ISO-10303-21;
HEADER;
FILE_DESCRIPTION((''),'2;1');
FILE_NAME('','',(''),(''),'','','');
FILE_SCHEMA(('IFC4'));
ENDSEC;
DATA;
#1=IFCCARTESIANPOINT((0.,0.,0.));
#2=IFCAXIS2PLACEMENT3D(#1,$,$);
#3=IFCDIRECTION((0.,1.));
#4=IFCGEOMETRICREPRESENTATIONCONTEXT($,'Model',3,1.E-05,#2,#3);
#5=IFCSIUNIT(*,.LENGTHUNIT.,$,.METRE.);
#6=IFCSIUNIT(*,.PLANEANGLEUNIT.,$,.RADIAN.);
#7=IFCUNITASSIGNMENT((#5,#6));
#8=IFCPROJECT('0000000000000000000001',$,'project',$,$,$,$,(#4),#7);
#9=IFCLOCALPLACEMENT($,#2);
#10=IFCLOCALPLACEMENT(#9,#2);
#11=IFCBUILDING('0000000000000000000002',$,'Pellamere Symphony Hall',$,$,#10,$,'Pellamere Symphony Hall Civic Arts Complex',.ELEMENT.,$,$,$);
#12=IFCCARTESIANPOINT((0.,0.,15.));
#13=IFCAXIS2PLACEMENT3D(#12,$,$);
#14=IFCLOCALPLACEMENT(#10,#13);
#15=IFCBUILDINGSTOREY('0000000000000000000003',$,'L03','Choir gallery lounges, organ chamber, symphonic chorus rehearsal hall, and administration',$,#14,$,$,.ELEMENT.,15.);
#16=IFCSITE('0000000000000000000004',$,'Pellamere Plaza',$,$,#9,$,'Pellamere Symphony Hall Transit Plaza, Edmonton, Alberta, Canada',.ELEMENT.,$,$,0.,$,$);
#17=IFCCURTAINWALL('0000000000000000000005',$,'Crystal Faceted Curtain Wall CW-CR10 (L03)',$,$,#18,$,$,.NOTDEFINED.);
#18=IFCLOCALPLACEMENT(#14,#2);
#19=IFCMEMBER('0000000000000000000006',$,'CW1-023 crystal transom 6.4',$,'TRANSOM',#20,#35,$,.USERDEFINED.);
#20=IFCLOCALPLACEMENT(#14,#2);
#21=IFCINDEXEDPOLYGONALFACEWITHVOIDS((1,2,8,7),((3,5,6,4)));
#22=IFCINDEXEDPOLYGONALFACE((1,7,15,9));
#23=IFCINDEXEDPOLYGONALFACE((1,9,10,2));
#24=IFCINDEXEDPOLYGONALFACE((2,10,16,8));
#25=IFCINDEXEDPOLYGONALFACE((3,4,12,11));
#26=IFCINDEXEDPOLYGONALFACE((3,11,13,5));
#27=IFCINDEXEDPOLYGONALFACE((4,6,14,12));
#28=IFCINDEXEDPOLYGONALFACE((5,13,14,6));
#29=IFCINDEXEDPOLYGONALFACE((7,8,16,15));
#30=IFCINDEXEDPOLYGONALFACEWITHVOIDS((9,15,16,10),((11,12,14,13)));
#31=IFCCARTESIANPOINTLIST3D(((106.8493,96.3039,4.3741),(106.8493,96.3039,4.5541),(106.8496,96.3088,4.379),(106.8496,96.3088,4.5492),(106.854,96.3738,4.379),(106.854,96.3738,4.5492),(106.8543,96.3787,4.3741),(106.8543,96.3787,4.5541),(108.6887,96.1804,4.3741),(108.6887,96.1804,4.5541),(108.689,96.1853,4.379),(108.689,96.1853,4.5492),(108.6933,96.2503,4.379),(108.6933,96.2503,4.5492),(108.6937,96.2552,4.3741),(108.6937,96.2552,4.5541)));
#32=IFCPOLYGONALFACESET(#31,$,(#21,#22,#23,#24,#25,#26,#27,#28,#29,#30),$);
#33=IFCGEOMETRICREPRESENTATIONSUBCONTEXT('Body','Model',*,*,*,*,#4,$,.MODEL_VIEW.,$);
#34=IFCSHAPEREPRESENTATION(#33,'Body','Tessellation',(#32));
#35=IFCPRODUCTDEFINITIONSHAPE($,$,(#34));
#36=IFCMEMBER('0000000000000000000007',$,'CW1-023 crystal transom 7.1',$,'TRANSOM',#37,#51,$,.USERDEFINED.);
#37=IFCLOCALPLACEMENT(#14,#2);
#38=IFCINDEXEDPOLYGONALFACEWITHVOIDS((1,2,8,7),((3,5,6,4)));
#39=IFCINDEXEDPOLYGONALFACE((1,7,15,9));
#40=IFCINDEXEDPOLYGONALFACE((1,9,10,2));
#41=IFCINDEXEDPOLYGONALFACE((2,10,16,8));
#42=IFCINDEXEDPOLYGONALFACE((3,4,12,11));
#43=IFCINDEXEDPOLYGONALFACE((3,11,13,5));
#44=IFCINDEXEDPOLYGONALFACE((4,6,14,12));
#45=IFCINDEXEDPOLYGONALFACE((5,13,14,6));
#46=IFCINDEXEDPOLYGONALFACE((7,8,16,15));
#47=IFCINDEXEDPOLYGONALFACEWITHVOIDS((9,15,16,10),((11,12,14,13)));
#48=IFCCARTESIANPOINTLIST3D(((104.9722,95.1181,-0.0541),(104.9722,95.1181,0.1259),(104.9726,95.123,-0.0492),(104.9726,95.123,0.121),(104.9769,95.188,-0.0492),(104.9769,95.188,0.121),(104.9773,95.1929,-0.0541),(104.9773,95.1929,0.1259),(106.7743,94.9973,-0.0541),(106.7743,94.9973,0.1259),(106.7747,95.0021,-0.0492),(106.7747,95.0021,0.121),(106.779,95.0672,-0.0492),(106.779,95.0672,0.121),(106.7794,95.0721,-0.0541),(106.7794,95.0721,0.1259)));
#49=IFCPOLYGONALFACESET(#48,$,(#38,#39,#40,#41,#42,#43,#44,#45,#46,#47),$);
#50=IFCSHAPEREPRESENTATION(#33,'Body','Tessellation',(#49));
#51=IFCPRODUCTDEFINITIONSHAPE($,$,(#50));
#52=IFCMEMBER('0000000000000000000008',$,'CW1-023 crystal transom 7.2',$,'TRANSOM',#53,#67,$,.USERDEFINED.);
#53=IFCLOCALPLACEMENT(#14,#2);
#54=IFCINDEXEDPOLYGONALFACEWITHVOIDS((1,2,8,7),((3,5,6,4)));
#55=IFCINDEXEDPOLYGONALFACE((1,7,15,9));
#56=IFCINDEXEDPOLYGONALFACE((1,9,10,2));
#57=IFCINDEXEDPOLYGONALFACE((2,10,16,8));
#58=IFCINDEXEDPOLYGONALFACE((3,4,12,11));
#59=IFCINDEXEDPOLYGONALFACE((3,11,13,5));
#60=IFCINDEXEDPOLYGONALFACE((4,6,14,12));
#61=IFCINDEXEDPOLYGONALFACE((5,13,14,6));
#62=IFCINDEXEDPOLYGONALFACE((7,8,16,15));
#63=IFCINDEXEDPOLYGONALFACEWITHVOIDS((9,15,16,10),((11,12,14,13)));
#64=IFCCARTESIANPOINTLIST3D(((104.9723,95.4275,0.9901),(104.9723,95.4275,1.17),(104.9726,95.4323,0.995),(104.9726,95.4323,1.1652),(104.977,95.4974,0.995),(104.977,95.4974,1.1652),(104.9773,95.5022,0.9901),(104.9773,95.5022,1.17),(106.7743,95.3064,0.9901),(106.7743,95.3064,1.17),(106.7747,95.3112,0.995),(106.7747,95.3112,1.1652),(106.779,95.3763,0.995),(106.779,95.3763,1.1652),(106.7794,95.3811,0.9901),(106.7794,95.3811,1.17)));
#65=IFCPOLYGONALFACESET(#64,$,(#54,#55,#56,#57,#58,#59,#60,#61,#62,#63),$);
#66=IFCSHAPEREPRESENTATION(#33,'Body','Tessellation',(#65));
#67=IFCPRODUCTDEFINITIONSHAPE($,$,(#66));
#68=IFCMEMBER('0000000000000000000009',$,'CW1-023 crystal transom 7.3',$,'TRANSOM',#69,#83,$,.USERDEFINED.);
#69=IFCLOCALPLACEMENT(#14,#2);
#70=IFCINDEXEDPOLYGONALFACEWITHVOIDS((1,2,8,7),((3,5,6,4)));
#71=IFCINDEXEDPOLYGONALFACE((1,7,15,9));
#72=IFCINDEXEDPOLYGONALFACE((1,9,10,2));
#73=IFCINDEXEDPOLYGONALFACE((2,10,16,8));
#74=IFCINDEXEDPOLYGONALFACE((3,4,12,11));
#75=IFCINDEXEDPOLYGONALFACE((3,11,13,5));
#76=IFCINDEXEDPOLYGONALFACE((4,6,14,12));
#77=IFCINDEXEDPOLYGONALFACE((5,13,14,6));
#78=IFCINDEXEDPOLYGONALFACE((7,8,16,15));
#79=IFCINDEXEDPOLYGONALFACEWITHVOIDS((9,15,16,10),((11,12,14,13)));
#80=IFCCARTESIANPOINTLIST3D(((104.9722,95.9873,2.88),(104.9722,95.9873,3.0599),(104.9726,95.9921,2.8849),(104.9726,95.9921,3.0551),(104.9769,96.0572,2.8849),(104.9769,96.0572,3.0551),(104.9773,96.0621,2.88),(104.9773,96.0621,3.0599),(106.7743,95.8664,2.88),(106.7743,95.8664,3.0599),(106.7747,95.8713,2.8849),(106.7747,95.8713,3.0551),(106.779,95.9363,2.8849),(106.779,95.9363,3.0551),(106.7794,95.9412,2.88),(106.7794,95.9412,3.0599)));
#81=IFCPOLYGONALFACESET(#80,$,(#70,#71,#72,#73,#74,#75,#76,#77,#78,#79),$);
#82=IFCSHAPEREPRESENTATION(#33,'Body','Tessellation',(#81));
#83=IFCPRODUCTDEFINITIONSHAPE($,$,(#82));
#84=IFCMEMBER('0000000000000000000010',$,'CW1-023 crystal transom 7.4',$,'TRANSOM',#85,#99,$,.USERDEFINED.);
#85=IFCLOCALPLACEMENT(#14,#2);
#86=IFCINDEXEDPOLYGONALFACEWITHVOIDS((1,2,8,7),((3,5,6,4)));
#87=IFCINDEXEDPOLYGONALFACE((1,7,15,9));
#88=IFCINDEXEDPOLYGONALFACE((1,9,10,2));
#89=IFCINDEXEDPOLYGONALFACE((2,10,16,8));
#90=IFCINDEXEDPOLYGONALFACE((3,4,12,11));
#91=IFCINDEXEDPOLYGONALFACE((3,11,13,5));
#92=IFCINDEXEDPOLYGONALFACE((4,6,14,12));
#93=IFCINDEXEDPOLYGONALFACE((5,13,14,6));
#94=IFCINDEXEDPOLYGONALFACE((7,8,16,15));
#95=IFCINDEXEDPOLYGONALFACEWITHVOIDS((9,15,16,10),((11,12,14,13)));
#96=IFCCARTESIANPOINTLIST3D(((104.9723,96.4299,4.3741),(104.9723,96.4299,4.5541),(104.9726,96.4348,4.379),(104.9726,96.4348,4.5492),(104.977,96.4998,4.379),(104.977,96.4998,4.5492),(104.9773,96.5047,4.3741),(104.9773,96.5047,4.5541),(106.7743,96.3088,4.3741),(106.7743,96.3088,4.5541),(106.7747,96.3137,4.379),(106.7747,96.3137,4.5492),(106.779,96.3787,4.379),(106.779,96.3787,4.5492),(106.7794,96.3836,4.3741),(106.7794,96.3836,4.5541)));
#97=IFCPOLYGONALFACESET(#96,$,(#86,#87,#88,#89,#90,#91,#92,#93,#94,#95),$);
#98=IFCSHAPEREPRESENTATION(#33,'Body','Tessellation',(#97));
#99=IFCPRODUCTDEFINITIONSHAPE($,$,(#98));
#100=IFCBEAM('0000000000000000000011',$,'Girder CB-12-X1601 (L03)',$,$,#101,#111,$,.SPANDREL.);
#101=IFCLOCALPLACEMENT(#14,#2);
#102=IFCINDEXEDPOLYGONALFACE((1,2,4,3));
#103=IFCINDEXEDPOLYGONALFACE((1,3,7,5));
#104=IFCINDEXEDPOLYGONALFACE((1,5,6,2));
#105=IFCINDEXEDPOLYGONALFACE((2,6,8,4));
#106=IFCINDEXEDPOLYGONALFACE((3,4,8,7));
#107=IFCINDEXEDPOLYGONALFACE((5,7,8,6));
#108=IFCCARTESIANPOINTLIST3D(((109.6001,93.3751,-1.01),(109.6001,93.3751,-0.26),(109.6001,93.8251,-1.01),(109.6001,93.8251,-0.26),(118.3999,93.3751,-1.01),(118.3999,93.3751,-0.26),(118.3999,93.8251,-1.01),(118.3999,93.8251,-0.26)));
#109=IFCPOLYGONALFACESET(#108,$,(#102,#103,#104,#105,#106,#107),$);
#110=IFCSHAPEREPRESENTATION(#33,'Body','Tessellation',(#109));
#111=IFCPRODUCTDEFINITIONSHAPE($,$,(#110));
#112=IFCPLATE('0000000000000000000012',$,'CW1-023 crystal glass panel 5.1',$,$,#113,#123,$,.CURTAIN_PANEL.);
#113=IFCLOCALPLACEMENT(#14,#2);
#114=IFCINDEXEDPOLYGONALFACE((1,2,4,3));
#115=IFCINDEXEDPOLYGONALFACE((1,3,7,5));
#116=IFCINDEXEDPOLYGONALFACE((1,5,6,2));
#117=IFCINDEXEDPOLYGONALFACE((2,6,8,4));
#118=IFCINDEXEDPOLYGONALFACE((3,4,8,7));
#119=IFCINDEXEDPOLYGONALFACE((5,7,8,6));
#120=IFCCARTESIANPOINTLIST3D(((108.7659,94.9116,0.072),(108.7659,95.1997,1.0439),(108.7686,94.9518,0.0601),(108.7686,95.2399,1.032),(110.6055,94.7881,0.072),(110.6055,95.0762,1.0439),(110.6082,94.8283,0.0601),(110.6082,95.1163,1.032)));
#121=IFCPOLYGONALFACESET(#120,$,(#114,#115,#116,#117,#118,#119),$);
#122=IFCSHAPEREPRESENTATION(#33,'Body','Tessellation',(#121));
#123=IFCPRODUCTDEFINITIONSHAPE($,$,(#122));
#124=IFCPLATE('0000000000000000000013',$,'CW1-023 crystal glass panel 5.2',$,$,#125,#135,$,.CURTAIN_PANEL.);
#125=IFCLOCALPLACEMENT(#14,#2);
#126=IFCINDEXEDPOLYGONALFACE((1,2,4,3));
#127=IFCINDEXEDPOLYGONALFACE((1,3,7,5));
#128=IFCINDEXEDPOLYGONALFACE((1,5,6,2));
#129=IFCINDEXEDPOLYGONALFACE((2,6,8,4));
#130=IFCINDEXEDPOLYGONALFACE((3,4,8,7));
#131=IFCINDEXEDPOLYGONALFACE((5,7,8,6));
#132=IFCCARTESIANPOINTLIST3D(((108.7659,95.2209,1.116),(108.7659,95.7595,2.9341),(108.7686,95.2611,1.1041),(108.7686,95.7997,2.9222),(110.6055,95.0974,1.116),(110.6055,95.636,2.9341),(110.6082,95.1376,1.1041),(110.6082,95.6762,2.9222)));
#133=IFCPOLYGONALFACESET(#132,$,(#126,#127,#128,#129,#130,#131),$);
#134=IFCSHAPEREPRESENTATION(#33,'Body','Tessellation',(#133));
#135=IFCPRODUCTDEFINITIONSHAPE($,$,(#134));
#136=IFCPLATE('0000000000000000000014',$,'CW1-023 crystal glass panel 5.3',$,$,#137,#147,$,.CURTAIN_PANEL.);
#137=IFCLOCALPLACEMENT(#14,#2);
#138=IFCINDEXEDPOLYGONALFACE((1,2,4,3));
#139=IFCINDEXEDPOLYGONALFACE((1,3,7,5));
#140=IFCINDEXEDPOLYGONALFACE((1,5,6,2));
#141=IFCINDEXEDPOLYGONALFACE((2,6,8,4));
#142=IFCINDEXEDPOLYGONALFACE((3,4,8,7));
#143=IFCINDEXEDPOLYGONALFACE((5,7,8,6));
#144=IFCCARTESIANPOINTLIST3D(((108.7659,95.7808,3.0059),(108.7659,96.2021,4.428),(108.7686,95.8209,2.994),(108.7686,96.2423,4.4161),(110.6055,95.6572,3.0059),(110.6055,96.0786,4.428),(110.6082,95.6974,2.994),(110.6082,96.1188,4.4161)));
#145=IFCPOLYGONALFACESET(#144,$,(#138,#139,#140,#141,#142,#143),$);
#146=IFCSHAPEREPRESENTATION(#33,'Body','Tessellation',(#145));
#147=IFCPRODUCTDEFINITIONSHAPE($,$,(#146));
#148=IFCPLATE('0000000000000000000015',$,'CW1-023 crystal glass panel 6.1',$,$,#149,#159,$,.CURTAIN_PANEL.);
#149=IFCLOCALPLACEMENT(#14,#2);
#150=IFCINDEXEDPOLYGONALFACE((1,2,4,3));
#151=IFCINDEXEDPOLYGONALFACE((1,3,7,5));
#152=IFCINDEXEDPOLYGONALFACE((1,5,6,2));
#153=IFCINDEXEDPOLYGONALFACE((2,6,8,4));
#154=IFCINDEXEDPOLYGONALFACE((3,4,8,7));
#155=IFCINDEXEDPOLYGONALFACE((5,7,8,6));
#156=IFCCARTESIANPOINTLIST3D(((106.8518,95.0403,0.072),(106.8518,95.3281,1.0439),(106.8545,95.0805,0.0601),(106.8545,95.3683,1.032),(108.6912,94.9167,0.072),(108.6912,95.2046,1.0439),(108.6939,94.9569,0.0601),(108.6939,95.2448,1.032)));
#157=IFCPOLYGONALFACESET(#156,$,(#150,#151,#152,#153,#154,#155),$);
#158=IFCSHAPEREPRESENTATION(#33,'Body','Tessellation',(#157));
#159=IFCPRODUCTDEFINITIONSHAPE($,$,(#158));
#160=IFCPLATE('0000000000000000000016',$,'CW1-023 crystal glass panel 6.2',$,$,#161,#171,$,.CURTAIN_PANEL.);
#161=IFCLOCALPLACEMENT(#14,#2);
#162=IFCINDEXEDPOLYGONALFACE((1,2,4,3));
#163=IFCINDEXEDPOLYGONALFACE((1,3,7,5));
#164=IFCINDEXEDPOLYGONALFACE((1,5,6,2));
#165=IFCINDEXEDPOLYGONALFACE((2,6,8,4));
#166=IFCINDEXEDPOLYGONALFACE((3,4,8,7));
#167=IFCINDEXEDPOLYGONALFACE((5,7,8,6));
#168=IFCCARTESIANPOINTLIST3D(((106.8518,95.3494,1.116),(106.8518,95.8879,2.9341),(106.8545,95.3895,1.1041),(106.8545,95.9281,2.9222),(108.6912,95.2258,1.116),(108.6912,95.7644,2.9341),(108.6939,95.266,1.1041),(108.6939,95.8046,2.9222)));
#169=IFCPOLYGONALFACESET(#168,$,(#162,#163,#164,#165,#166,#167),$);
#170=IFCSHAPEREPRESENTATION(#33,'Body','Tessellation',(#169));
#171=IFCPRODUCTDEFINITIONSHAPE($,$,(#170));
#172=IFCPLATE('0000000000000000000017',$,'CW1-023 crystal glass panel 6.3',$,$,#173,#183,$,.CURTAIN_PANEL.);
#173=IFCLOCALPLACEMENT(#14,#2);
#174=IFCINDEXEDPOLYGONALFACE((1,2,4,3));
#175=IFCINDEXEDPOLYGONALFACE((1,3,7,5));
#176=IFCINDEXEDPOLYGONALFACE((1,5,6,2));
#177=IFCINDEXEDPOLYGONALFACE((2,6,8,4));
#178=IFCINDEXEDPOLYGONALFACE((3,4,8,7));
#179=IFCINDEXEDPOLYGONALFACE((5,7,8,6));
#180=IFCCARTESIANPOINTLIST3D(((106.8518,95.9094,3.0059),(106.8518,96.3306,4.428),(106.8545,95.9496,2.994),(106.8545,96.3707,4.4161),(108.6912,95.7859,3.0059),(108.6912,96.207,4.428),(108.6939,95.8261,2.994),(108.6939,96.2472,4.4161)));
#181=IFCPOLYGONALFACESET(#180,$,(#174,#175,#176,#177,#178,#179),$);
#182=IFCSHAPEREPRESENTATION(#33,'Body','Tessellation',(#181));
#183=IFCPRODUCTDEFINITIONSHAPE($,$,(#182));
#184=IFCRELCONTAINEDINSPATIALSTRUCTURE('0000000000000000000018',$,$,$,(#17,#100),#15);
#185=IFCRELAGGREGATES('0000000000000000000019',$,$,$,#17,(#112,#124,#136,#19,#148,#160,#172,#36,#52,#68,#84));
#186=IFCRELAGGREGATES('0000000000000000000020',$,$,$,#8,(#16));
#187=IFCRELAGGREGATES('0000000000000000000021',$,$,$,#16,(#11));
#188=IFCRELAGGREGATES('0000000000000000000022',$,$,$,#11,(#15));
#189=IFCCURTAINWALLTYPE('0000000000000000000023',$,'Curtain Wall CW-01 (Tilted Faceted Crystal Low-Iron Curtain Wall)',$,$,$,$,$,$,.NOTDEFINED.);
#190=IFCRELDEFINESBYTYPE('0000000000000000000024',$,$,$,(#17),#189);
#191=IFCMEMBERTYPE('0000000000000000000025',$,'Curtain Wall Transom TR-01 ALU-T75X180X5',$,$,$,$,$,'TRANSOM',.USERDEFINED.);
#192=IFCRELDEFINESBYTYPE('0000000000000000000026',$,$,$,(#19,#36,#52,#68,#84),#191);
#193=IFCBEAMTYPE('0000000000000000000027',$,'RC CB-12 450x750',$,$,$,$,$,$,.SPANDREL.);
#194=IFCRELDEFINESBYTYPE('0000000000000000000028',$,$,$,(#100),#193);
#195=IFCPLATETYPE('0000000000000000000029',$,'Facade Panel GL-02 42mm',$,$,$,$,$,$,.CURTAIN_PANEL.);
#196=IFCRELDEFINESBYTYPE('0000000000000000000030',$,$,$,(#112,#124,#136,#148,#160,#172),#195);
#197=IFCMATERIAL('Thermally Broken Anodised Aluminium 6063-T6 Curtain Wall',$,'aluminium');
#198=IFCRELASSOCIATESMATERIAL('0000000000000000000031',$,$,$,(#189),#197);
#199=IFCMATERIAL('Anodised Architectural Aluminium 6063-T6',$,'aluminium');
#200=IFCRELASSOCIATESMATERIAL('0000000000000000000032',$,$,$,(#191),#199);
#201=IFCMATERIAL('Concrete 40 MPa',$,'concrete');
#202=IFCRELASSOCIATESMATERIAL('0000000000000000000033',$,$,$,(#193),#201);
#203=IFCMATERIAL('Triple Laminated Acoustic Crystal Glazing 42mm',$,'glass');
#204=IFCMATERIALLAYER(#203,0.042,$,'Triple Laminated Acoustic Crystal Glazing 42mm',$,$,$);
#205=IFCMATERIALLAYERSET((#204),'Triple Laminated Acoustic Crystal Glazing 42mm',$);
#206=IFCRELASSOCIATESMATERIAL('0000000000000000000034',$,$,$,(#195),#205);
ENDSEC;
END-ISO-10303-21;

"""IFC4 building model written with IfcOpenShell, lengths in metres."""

from ifc_helpers import new_model, si_unit, direction, frame, origin, origin_2d, place, context, subcontext, project, spatial, polyline, rectangle, hollow_rectangle, outline, extrude, material, layer, layer_set, material_profile, profile_set, type_object, element, aggregate, save


model = new_model("IFC4")

# Units and contexts
model_context = context("Model", 3, precision=1e-05, world=origin(), true_north=direction((0.0, 1.0)))
body_context = subcontext(model_context, "Body", "Model", "MODEL_VIEW")
ifc_project = project(units=[si_unit("LENGTHUNIT", "METRE"), si_unit("PLANEANGLEUNIT", "RADIAN")], contexts=[model_context])

# Site, building, storey
site_placement = place(None, origin())
site = spatial("IfcSite", under=ifc_project, at=site_placement, Name="Pellamere Plaza", LongName="Pellamere Symphony Hall Transit Plaza, Edmonton, Alberta, Canada", CompositionType="ELEMENT", RefElevation=0.0)
building_placement = place(site_placement, origin())
building = spatial("IfcBuilding", under=site, at=building_placement, Name="Pellamere Symphony Hall", LongName="Pellamere Symphony Hall Civic Arts Complex", CompositionType="ELEMENT")
storey_placement = place(building_placement, frame((0.0, 0.0, 15.0)))
storey = spatial("IfcBuildingStorey", under=building, at=storey_placement, Name="L03", Description="Choir gallery lounges, organ chamber, symphonic chorus rehearsal hall, and administration", CompositionType="ELEMENT", Elevation=15.0)

# Shared definitions
ifc_material_1 = material(Name="Concrete 40 MPa", Category="concrete")

# Curtain wall, members
ifc_material_2 = material(Name="Thermally Broken Anodised Aluminium 6063-T6 Curtain Wall", Category="aluminium")
curtain_wall_type = type_object("IfcCurtainWallType", Name="Curtain Wall CW-01 (Tilted Faceted Crystal Low-Iron Curtain Wall)", PredefinedType="NOTDEFINED", material=ifc_material_2)
curtain_wall_placement = place(storey_placement, origin())
curtain_wall = element("IfcCurtainWall", 1, at=curtain_wall_placement, inside=storey, type_object=curtain_wall_type, Name="Crystal Faceted Curtain Wall CW-CR10 (L03)", PredefinedType="NOTDEFINED")
ifc_material_3 = material(Name="Anodised Architectural Aluminium 6063-T6", Category="aluminium")
ifc_material_profile_1 = material_profile(ifc_material_3, hollow_rectangle(XDim=0.075, YDim=0.1799, WallThickness=0.0049, at=origin_2d()), Name="ALU-T75X180X5")
ifc_profile_set_1 = profile_set([ifc_material_profile_1], Name="Anodised Architectural Aluminium 6063-T6")
member_type_1 = type_object("IfcMemberType", Name="Curtain Wall Transom TR-01 ALU-T75X180X5", ElementType="TRANSOM", PredefinedType="USERDEFINED", material=ifc_profile_set_1)
member_1_placement = place(storey_placement, frame((108.6912, 96.2178, 4.4641), z_axis=(-0.997752, 0.067011, 0.0), x_axis=(-0.067011, -0.997752, 0.0)))
member_1 = element("IfcMember", 2, at=member_1_placement, type_object=member_type_1, Name="CW1-023 crystal transom 6.4", ObjectType="TRANSOM", PredefinedType="USERDEFINED", context=body_context, shape_type="SweptSolid", body=[
    extrude(hollow_rectangle(XDim=0.075, YDim=0.1799, WallThickness=0.0049, at=origin_2d()), origin(), (0.0, 0.0, 1.0), 1.8435),
])
member_2_placement = place(storey_placement, frame((106.7769, 95.0347, 0.0359), z_axis=(-0.997759, 0.066914, 0.0), x_axis=(-0.066914, -0.997759, 0.0)))
member_2 = element("IfcMember", 3, at=member_2_placement, type_object=member_type_1, Name="CW1-023 crystal transom 7.1", ObjectType="TRANSOM", PredefinedType="USERDEFINED", context=body_context, shape_type="SweptSolid", body=[
    extrude(hollow_rectangle(XDim=0.075, YDim=0.1799, WallThickness=0.0049, at=origin_2d()), origin(), (0.0, 0.0, 1.0), 1.8062),
])
member_3_placement = place(storey_placement, frame((106.7769, 95.3438, 1.0801), z_axis=(-0.99775, 0.067048, 0.0), x_axis=(-0.067048, -0.99775, 0.0)))
member_3 = element("IfcMember", 4, at=member_3_placement, type_object=member_type_1, Name="CW1-023 crystal transom 7.2", ObjectType="TRANSOM", PredefinedType="USERDEFINED", context=body_context, shape_type="SweptSolid", body=[
    extrude(hollow_rectangle(XDim=0.075, YDim=0.1799, WallThickness=0.0049, at=origin_2d()), origin(), (0.0, 0.0, 1.0), 1.8062),
])
member_4_placement = place(storey_placement, frame((106.7769, 95.9038, 2.97), z_axis=(-0.997759, 0.066914, 0.0), x_axis=(-0.066914, -0.997759, 0.0)))
member_4 = element("IfcMember", 5, at=member_4_placement, type_object=member_type_1, Name="CW1-023 crystal transom 7.3", ObjectType="TRANSOM", PredefinedType="USERDEFINED", context=body_context, shape_type="SweptSolid", body=[
    extrude(hollow_rectangle(XDim=0.075, YDim=0.1799, WallThickness=0.0049, at=origin_2d()), origin(), (0.0, 0.0, 1.0), 1.8062),
])
member_5_placement = place(storey_placement, frame((106.7769, 96.3462, 4.4641), z_axis=(-0.99775, 0.067048, 0.0), x_axis=(-0.067048, -0.99775, 0.0)))
member_5 = element("IfcMember", 6, at=member_5_placement, type_object=member_type_1, Name="CW1-023 crystal transom 7.4", ObjectType="TRANSOM", PredefinedType="USERDEFINED", context=body_context, shape_type="SweptSolid", body=[
    extrude(hollow_rectangle(XDim=0.075, YDim=0.1799, WallThickness=0.0049, at=origin_2d()), origin(), (0.0, 0.0, 1.0), 1.8062),
])

# Beam
ifc_material_profile_2 = material_profile(ifc_material_1, rectangle(XDim=0.45, YDim=0.75, at=origin_2d()), Name="RC 450x750")
ifc_profile_set_2 = profile_set([ifc_material_profile_2], Name="Concrete 40 MPa")
beam_type = type_object("IfcBeamType", Name="RC CB-12 450x750", PredefinedType="SPANDREL", material=ifc_profile_set_2)
beam_placement = place(storey_placement, frame((109.6001, 93.6001, -0.635), z_axis=(1.0, 0.0, 0.0), x_axis=(0.0, 1.0, 0.0)))
element("IfcBeam", 7, at=beam_placement, inside=storey, type_object=beam_type, Name="Girder CB-12-X1601 (L03)", PredefinedType="SPANDREL", context=body_context, shape_type="SweptSolid", body=[
    extrude(rectangle(XDim=0.45, YDim=0.75, at=origin_2d()), origin(), (0.0, 0.0, 1.0), 8.7998),
])

# Plates
ifc_material_4 = material(Name="Triple Laminated Acoustic Crystal Glazing 42mm", Category="glass")
ifc_layer_1 = layer(ifc_material_4, 0.042, Name="Triple Laminated Acoustic Crystal Glazing 42mm")
ifc_layer_set_1 = layer_set([ifc_layer_1], Name="Triple Laminated Acoustic Crystal Glazing 42mm")
plate_type_1 = type_object("IfcPlateType", Name="Facade Panel GL-02 42mm", PredefinedType="CURTAIN_PANEL", material=ifc_layer_set_1)
plate_1_placement = place(storey_placement, frame((110.6055, 94.7881, 0.072), z_axis=(-0.064251, -0.956788, 0.2836), x_axis=(-0.997753, 0.067002, 0.0)))
plate_1 = element("IfcPlate", 8, at=plate_1_placement, type_object=plate_type_1, Name="CW1-023 crystal glass panel 5.1", PredefinedType="CURTAIN_PANEL", context=body_context, shape_type="SweptSolid", body=[
    extrude(outline(polyline([(0.0, 0.0), (1.8437, 0.0), (1.863, -1.0135), (0.0193, -1.0135), (0.0, 0.0)])), origin(), (0.0, 0.0, -1.0), 0.042),
])
plate_2_placement = place(storey_placement, frame((110.6055, 95.0974, 1.116), z_axis=(-0.064255, -0.956835, 0.28344), x_axis=(-0.997753, 0.067002, 0.0)))
plate_2 = element("IfcPlate", 9, at=plate_2_placement, type_object=plate_type_1, Name="CW1-023 crystal glass panel 5.2", PredefinedType="CURTAIN_PANEL", context=body_context, shape_type="SweptSolid", body=[
    extrude(outline(polyline([(0.0, 0.0), (1.8437, 0.0), (1.8798, -1.8959), (0.0361, -1.8959), (0.0, 0.0)])), origin(), (0.0, 0.0, -1.0), 0.042),
])
plate_3_placement = place(storey_placement, frame((110.6055, 95.6572, 3.0059), z_axis=(-0.064253, -0.956814, 0.283512), x_axis=(-0.997753, 0.067002, 0.0)))
plate_3 = element("IfcPlate", 10, at=plate_3_placement, type_object=plate_type_1, Name="CW1-023 crystal glass panel 5.3", PredefinedType="CURTAIN_PANEL", context=body_context, shape_type="SweptSolid", body=[
    extrude(outline(polyline([(0.0, 0.0), (1.8437, 0.0), (1.872, -1.483), (0.0282, -1.483), (0.0, 0.0)])), origin(), (0.0, 0.0, -1.0), 0.042),
])
plate_4_placement = place(storey_placement, frame((108.6912, 94.9167, 0.072), z_axis=(-0.064264, -0.956853, 0.283378), x_axis=(-0.997752, 0.067011, 0.0)))
plate_4 = element("IfcPlate", 11, at=plate_4_placement, type_object=plate_type_1, Name="CW1-023 crystal glass panel 6.1", PredefinedType="CURTAIN_PANEL", context=body_context, shape_type="SweptSolid", body=[
    extrude(outline(polyline([(0.0, 0.0), (1.8435, 0.0), (1.8628, -1.0135), (0.0193, -1.0135), (0.0, 0.0)])), origin(), (0.0, 0.0, -1.0), 0.042),
])
plate_5_placement = place(storey_placement, frame((108.6912, 95.2258, 1.116), z_axis=(-0.064263, -0.956834, 0.28344), x_axis=(-0.997752, 0.067011, 0.0)))
plate_5 = element("IfcPlate", 12, at=plate_5_placement, type_object=plate_type_1, Name="CW1-023 crystal glass panel 6.2", PredefinedType="CURTAIN_PANEL", context=body_context, shape_type="SweptSolid", body=[
    extrude(outline(polyline([(0.0, 0.0), (1.8435, 0.0), (1.8796, -1.8959), (0.0361, -1.8959), (0.0, 0.0)])), origin(), (0.0, 0.0, -1.0), 0.042),
])
plate_6_placement = place(storey_placement, frame((108.6912, 95.7859, 3.0059), z_axis=(-0.064265, -0.956858, 0.283361), x_axis=(-0.997752, 0.067011, 0.0)))
plate_6 = element("IfcPlate", 13, at=plate_6_placement, type_object=plate_type_1, Name="CW1-023 crystal glass panel 6.3", PredefinedType="CURTAIN_PANEL", context=body_context, shape_type="SweptSolid", body=[
    extrude(outline(polyline([(0.0, 0.0), (1.8435, 0.0), (1.8717, -1.4829), (0.0282, -1.4829), (0.0, 0.0)])), origin(), (0.0, 0.0, -1.0), 0.042),
])
aggregate(curtain_wall, [plate_1, plate_2, plate_3, member_1, plate_4, plate_5, plate_6, member_2, member_3, member_4, member_5])

save(model, "model.ifc")
